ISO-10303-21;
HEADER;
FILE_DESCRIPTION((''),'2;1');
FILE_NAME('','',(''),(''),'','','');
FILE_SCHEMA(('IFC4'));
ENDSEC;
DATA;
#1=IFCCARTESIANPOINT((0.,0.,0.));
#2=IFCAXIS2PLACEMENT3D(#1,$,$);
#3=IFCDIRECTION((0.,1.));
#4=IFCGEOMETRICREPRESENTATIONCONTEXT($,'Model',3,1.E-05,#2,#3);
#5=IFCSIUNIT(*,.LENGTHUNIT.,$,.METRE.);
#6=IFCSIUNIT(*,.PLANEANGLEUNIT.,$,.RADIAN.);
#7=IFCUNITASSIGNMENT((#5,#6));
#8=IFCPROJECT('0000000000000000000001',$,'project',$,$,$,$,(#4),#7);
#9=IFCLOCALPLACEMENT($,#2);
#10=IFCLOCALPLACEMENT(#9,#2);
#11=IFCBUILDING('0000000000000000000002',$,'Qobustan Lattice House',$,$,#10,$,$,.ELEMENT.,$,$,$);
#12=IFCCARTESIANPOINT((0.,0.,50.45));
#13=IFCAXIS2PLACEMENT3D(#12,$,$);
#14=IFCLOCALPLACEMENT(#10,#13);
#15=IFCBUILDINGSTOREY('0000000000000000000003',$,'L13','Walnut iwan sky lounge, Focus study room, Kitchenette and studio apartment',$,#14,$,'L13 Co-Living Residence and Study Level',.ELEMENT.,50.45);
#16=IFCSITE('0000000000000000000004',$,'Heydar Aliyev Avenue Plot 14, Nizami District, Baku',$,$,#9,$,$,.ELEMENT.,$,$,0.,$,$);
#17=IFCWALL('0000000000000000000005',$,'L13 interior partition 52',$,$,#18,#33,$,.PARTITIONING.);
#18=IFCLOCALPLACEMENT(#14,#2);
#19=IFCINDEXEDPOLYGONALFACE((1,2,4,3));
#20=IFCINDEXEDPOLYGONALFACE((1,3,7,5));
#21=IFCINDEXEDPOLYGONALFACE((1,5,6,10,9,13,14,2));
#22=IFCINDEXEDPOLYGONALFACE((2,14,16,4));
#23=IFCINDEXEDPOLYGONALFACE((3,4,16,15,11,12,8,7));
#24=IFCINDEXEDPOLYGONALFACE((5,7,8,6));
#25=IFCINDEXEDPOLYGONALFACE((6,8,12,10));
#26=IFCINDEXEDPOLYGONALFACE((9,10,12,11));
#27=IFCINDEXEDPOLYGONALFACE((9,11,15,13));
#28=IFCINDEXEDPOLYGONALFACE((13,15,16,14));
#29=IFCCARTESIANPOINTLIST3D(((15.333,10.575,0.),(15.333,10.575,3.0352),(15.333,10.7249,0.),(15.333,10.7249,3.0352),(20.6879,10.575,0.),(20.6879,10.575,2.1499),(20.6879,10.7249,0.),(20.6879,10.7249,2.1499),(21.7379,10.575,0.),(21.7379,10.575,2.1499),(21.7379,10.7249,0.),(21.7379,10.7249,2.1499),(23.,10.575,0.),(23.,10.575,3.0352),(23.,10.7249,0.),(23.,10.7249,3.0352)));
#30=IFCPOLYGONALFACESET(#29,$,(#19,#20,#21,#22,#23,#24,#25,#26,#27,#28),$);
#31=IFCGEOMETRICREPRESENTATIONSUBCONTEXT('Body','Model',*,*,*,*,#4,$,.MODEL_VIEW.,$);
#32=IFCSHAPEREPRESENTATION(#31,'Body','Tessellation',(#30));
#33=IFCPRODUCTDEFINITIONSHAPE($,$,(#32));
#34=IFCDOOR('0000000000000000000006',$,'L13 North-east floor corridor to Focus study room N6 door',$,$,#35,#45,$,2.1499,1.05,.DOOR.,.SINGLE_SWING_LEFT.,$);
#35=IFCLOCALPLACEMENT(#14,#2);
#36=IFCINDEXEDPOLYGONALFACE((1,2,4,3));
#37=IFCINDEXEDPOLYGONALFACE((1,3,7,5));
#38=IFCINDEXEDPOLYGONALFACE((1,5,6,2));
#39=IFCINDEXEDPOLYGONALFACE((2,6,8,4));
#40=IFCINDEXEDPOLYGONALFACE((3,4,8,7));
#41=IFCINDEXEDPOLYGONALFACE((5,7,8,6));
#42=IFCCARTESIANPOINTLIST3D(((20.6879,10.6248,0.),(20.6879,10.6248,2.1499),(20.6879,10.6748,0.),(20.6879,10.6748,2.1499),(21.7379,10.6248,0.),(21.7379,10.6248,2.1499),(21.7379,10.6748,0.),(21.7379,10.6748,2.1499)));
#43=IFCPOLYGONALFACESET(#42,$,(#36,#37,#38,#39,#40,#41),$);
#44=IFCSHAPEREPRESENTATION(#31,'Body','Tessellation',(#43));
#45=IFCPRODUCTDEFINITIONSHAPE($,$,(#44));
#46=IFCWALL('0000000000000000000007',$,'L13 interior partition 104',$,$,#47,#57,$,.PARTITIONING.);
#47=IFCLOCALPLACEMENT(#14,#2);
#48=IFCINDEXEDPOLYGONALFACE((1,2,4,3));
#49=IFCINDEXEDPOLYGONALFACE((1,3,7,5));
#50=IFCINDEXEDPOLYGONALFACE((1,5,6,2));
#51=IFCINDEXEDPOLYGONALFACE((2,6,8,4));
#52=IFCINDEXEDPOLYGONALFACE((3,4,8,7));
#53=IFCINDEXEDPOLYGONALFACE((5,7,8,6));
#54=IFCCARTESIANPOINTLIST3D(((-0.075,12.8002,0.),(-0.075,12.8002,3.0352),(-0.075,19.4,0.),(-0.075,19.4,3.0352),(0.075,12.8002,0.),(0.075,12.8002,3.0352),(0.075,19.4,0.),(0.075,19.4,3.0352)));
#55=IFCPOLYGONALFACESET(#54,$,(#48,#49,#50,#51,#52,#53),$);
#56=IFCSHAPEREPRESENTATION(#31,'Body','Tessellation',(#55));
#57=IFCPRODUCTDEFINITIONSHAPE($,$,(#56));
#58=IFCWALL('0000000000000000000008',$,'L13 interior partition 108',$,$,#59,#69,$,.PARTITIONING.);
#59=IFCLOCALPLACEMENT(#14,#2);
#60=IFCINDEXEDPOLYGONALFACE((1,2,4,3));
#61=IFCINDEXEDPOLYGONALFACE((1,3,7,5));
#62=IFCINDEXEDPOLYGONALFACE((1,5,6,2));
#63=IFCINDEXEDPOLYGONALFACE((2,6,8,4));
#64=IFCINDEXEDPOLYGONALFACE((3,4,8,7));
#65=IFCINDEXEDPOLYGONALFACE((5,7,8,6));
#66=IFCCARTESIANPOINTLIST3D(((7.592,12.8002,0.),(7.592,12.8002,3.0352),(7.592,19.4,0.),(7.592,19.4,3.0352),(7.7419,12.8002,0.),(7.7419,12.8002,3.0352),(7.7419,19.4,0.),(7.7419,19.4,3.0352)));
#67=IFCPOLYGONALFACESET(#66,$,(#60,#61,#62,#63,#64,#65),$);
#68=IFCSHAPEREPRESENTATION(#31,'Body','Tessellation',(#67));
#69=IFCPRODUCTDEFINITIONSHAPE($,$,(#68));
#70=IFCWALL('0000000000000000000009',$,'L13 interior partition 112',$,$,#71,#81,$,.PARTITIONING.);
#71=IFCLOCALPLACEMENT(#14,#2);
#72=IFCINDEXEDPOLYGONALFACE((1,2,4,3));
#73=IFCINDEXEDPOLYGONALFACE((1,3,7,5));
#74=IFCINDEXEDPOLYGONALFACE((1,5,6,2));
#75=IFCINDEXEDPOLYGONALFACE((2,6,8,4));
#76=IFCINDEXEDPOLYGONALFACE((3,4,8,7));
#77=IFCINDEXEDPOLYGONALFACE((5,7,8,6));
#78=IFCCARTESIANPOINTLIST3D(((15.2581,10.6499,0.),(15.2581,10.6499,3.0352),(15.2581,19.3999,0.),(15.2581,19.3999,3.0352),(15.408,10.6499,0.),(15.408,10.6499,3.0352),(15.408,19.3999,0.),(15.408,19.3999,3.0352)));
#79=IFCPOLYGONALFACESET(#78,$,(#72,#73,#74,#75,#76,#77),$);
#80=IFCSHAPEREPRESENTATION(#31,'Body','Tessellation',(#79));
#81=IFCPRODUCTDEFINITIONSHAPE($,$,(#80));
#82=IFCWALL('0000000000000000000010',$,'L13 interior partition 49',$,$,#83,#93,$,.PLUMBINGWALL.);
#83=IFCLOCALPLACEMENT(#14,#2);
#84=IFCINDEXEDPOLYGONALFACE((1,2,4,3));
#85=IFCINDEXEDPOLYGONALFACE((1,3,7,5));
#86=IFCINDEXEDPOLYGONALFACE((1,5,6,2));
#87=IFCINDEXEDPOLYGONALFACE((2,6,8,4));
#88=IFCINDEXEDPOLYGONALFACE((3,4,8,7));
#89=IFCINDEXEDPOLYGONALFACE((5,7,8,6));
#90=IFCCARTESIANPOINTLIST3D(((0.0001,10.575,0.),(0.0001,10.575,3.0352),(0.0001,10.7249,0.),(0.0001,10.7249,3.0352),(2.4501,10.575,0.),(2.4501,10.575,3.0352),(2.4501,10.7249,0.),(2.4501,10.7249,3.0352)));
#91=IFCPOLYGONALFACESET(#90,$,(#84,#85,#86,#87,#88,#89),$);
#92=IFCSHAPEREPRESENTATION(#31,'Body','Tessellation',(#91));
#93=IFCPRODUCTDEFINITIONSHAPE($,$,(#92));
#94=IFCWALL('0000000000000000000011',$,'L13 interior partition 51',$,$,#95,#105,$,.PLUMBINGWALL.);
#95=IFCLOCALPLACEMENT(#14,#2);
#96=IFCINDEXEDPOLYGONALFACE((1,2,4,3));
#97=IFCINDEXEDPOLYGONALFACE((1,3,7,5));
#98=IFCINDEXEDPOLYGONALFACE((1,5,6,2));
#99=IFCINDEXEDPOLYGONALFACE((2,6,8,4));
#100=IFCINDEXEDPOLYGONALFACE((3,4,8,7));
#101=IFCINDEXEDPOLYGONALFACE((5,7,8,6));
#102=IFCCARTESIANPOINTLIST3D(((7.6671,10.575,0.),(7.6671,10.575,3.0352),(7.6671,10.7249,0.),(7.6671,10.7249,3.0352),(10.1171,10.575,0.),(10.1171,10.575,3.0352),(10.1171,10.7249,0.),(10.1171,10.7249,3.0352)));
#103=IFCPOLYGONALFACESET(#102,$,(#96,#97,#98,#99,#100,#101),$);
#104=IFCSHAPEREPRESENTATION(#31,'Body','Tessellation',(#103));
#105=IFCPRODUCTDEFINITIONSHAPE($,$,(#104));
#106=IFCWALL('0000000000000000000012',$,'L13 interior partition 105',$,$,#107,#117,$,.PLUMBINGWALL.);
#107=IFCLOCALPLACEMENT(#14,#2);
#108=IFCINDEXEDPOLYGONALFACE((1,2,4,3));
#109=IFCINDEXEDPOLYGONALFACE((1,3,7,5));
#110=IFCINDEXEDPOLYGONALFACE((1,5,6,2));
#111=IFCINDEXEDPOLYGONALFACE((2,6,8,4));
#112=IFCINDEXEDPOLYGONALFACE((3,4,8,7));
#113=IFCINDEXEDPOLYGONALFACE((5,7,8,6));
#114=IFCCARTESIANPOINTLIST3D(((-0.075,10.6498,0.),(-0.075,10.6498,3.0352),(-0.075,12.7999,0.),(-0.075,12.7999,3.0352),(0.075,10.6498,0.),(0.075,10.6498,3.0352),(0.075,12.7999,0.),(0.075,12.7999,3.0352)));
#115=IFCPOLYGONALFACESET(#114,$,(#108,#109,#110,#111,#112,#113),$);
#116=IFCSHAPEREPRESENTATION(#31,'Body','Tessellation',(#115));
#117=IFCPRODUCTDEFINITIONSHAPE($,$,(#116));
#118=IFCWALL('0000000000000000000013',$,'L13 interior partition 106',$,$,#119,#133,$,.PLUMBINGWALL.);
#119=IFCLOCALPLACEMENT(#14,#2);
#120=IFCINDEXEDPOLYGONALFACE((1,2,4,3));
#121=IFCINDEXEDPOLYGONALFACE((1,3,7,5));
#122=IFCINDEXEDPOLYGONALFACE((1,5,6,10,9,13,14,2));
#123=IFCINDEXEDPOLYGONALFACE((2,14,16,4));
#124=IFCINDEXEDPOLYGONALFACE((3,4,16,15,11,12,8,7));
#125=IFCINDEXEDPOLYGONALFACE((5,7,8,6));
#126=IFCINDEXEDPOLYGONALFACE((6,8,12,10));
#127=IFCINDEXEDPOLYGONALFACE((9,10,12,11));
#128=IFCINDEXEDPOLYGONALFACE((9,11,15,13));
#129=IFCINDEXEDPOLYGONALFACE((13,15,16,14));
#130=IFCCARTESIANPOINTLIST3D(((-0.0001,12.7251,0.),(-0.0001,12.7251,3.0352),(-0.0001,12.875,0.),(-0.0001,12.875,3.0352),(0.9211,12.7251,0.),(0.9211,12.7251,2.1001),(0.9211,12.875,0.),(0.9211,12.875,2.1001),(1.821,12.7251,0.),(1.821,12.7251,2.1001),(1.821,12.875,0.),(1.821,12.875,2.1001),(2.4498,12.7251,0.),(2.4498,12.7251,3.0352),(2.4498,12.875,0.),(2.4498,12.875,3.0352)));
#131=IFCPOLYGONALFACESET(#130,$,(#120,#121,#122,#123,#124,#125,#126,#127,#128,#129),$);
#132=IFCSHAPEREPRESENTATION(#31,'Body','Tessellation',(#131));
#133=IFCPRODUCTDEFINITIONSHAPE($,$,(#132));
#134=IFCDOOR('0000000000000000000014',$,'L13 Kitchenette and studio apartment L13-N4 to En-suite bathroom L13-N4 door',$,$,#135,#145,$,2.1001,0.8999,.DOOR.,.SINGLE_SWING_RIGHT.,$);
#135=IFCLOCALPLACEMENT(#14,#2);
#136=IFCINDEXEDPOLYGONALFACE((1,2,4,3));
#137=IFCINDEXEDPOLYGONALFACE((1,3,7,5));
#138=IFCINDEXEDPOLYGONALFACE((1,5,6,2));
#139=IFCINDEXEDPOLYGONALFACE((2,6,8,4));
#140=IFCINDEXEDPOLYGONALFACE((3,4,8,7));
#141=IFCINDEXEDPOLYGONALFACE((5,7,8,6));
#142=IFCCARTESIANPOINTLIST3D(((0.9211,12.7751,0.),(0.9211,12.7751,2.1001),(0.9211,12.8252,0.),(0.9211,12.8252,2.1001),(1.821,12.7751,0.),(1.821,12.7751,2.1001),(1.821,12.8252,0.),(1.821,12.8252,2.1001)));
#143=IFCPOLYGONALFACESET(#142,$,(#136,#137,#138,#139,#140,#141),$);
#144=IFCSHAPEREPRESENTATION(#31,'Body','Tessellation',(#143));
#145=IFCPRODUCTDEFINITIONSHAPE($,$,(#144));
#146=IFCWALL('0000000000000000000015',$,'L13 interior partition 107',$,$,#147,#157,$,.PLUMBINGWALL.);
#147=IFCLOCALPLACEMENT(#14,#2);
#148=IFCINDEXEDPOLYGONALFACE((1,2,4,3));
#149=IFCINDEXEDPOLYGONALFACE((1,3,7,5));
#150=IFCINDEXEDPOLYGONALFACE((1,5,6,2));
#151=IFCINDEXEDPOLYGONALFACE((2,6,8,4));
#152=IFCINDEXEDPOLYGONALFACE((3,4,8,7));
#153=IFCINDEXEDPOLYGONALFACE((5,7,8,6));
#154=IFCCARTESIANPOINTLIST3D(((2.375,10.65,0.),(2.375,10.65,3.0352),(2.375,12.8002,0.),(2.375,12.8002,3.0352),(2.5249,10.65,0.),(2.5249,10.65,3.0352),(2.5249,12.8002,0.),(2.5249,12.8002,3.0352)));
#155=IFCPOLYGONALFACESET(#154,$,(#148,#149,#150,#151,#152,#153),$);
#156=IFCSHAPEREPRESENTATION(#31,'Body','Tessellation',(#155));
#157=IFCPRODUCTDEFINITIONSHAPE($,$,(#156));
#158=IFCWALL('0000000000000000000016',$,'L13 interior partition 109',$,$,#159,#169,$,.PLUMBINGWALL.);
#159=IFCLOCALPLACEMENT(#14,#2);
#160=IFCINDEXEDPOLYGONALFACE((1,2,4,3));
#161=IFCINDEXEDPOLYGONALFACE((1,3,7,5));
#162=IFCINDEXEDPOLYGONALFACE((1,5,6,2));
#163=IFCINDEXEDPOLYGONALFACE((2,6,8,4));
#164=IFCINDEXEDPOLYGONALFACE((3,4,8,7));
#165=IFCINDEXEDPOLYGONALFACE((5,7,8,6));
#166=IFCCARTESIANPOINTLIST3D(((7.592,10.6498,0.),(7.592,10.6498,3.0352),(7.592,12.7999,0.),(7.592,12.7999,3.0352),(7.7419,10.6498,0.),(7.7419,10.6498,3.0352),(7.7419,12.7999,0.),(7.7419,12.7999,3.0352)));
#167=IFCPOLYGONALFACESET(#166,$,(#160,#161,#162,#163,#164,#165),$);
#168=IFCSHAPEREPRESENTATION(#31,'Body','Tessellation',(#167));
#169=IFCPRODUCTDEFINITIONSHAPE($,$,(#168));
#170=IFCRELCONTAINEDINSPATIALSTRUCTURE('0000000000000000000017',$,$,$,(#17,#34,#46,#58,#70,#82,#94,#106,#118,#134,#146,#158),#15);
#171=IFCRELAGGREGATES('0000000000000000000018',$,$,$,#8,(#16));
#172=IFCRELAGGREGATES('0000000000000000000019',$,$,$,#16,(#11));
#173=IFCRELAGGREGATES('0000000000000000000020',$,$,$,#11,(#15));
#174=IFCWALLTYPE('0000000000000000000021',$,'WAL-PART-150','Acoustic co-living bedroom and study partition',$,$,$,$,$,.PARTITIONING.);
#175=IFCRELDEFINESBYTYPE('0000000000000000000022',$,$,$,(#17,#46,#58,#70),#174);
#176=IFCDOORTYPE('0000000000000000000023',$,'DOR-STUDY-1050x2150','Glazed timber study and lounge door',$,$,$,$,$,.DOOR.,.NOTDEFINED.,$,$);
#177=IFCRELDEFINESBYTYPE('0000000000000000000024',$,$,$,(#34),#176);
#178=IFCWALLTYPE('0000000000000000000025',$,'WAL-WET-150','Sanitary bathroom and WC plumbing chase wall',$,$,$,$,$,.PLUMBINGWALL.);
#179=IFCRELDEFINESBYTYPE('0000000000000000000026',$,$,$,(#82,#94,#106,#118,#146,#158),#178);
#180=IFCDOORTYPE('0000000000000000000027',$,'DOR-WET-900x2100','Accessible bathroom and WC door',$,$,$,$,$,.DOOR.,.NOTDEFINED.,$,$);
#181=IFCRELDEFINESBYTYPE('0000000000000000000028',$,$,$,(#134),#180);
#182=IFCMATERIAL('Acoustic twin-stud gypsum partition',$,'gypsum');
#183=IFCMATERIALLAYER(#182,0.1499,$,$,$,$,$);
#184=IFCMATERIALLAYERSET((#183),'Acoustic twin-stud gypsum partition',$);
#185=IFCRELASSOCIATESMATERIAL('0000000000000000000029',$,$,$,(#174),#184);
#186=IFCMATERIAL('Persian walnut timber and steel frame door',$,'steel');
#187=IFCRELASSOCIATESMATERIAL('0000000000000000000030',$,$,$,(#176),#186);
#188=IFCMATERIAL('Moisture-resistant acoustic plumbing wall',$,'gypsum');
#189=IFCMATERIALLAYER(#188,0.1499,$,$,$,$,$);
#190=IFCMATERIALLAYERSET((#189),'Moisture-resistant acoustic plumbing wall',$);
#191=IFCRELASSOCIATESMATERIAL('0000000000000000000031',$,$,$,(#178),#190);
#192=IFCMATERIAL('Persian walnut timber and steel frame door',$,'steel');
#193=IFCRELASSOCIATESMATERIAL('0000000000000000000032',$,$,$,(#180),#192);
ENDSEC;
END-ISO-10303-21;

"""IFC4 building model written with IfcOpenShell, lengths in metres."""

from ifc_helpers import new_model, si_unit, direction, frame, frame_2d, origin, place, context, subcontext, project, spatial, rectangle, extrude, material, layer, layer_set, type_object, element, fill, save


model = new_model("IFC4")

# Units and contexts
model_context = context("Model", 3, precision=1e-05, world=origin(), true_north=direction((0.0, 1.0)))
body_context = subcontext(model_context, "Body", "Model", "MODEL_VIEW")
ifc_project = project(units=[si_unit("LENGTHUNIT", "METRE"), si_unit("PLANEANGLEUNIT", "RADIAN")], contexts=[model_context])

# Site, building, storey
site_placement = place(None, origin())
site = spatial("IfcSite", under=ifc_project, at=site_placement, Name="Heydar Aliyev Avenue Plot 14, Nizami District, Baku", CompositionType="ELEMENT", RefElevation=0.0)
building_placement = place(site_placement, origin())
building = spatial("IfcBuilding", under=site, at=building_placement, Name="Qobustan Lattice House", CompositionType="ELEMENT")
storey_placement = place(building_placement, frame((0.0, 0.0, 50.45)))
storey = spatial("IfcBuildingStorey", under=building, at=storey_placement, Name="L13", Description="Walnut iwan sky lounge, Focus study room, Kitchenette and studio apartment", LongName="L13 Co-Living Residence and Study Level", CompositionType="ELEMENT", Elevation=50.45)

# Wall, opening, door
ifc_material_1 = material(Name="Acoustic twin-stud gypsum partition", Category="gypsum")
ifc_layer_1 = layer(ifc_material_1, 0.1499)
ifc_layer_set_1 = layer_set([ifc_layer_1], Name="Acoustic twin-stud gypsum partition")
wall_type_1 = type_object("IfcWallType", Name="WAL-PART-150", Description="Acoustic co-living bedroom and study partition", PredefinedType="PARTITIONING", material=ifc_layer_set_1)
wall_1_placement = place(storey_placement, frame((15.333, 10.6499, 0.0), z_axis=(0.0, 0.0, 1.0), x_axis=(1.0, 0.0, 0.0)))
wall_1 = element("IfcWall", 1, at=wall_1_placement, inside=storey, type_object=wall_type_1, Name="L13 interior partition 52", PredefinedType="PARTITIONING", context=body_context, shape_type="SweptSolid", body=[
    extrude(rectangle(XDim=7.667, YDim=0.1499, at=frame_2d((3.8335, 0.0))), origin(), (0.0, 0.0, 1.0), 3.0352),
])
opening_1_placement = place(wall_1_placement, frame((5.355, 0.0, 0.0)))
opening_1 = element("IfcOpeningElement", 2, at=opening_1_placement, cuts=wall_1, PredefinedType="OPENING", context=body_context, shape_type="SweptSolid", body=[
    extrude(rectangle(XDim=1.05, YDim=2.1499, at=frame_2d((0.5249, 1.075))), frame((0.0, 0.085, 0.0), z_axis=(0.0, -1.0, 0.0), x_axis=(1.0, 0.0, 0.0)), (0.0, 0.0, 1.0), 0.1699),
])
ifc_material_2 = material(Name="Persian walnut timber and steel frame door", Category="steel")
door_type_1 = type_object("IfcDoorType", Name="DOR-STUDY-1050x2150", Description="Glazed timber study and lounge door", OperationType="NOTDEFINED", PredefinedType="DOOR", material=ifc_material_2)
door_1_placement = place(opening_1_placement, origin())
door_1 = element("IfcDoor", 3, at=door_1_placement, inside=storey, type_object=door_type_1, Name="L13 North-east floor corridor to Focus study room N6 door", OperationType="SINGLE_SWING_LEFT", OverallHeight=2.1499, OverallWidth=1.05, PredefinedType="DOOR", context=body_context, shape_type="SweptSolid", body=[
    extrude(rectangle(XDim=1.05, YDim=2.1499, at=frame_2d((0.5249, 1.075))), frame((0.0, 0.0249, 0.0), z_axis=(0.0, -1.0, 0.0), x_axis=(1.0, 0.0, 0.0)), (0.0, 0.0, 1.0), 0.05),
])
fill(opening_1, door_1)

# Walls
for number, where, z_axis, x_axis, name in (
    (4, (0.0, 19.3999, 0.0), (0.0, 0.0, 1.0), (0.0, -1.0, 0.0), "L13 interior partition 104"),
    (5, (7.667, 19.3999, 0.0), (0.0, 0.0, 1.0), (0.0, -1.0, 0.0), "L13 interior partition 108"),
):
    element("IfcWall", number, at=place(storey_placement, frame(where, z_axis=z_axis, x_axis=x_axis)), inside=storey, type_object=wall_type_1, Name=name, PredefinedType="PARTITIONING", context=body_context, shape_type="SweptSolid", body=[
        extrude(rectangle(XDim=6.5999, YDim=0.1499, at=frame_2d((3.2998, 0.0))), origin(), (0.0, 0.0, 1.0), 3.0352),
    ])
wall_2_placement = place(storey_placement, frame((15.333, 19.3999, 0.0), z_axis=(0.0, 0.0, 1.0), x_axis=(0.0, -1.0, 0.0)))
element("IfcWall", 6, at=wall_2_placement, inside=storey, type_object=wall_type_1, Name="L13 interior partition 112", PredefinedType="PARTITIONING", context=body_context, shape_type="SweptSolid", body=[
    extrude(rectangle(XDim=8.75, YDim=0.1499, at=frame_2d((4.375, 0.0))), origin(), (0.0, 0.0, 1.0), 3.0352),
])
ifc_material_3 = material(Name="Moisture-resistant acoustic plumbing wall", Category="gypsum")
ifc_layer_2 = layer(ifc_material_3, 0.1499)
ifc_layer_set_2 = layer_set([ifc_layer_2], Name="Moisture-resistant acoustic plumbing wall")
wall_type_2 = type_object("IfcWallType", Name="WAL-WET-150", Description="Sanitary bathroom and WC plumbing chase wall", PredefinedType="PLUMBINGWALL", material=ifc_layer_set_2)
for number, where, z_axis, x_axis, name in (
    (7, (0.0, 10.6499, 0.0), (0.0, 0.0, 1.0), (1.0, 0.0, 0.0), "L13 interior partition 49"),
    (8, (7.667, 10.6499, 0.0), (0.0, 0.0, 1.0), (1.0, 0.0, 0.0), "L13 interior partition 51"),
):
    element("IfcWall", number, at=place(storey_placement, frame(where, z_axis=z_axis, x_axis=x_axis)), inside=storey, type_object=wall_type_2, Name=name, PredefinedType="PLUMBINGWALL", context=body_context, shape_type="SweptSolid", body=[
        extrude(rectangle(XDim=2.45, YDim=0.1499, at=frame_2d((1.2251, 0.0))), origin(), (0.0, 0.0, 1.0), 3.0352),
    ])
wall_3_placement = place(storey_placement, frame((0.0, 12.8, 0.0), z_axis=(0.0, 0.0, 1.0), x_axis=(0.0, -1.0, 0.0)))
element("IfcWall", 9, at=wall_3_placement, inside=storey, type_object=wall_type_2, Name="L13 interior partition 105", PredefinedType="PLUMBINGWALL", context=body_context, shape_type="SweptSolid", body=[
    extrude(rectangle(XDim=2.1501, YDim=0.1499, at=frame_2d((1.0752, 0.0))), origin(), (0.0, 0.0, 1.0), 3.0352),
])

# Wall, opening, door
wall_4_placement = place(storey_placement, frame((2.45, 12.8, 0.0), z_axis=(0.0, 0.0, 1.0), x_axis=(-1.0, 0.0, 0.0)))
wall_4 = element("IfcWall", 10, at=wall_4_placement, inside=storey, type_object=wall_type_2, Name="L13 interior partition 106", PredefinedType="PLUMBINGWALL", context=body_context, shape_type="SweptSolid", body=[
    extrude(rectangle(XDim=2.45, YDim=0.1499, at=frame_2d((1.2251, 0.0))), origin(), (0.0, 0.0, 1.0), 3.0352),
])
opening_2_placement = place(wall_4_placement, frame((0.6289, 0.0, 0.0)))
opening_2 = element("IfcOpeningElement", 11, at=opening_2_placement, cuts=wall_4, PredefinedType="OPENING", context=body_context, shape_type="SweptSolid", body=[
    extrude(rectangle(XDim=0.8999, YDim=2.1001, at=frame_2d((0.45, 1.05))), frame((0.0, 0.085, 0.0), z_axis=(0.0, -1.0, 0.0), x_axis=(1.0, 0.0, 0.0)), (0.0, 0.0, 1.0), 0.1699),
])
ifc_material_4 = material(Name="Persian walnut timber and steel frame door", Category="steel")
door_type_2 = type_object("IfcDoorType", Name="DOR-WET-900x2100", Description="Accessible bathroom and WC door", OperationType="NOTDEFINED", PredefinedType="DOOR", material=ifc_material_4)
door_2_placement = place(opening_2_placement, origin())
door_2 = element("IfcDoor", 12, at=door_2_placement, inside=storey, type_object=door_type_2, Name="L13 Kitchenette and studio apartment L13-N4 to En-suite bathroom L13-N4 door", OperationType="SINGLE_SWING_RIGHT", OverallHeight=2.1001, OverallWidth=0.8999, PredefinedType="DOOR", context=body_context, shape_type="SweptSolid", body=[
    extrude(rectangle(XDim=0.8999, YDim=2.1001, at=frame_2d((0.45, 1.05))), frame((0.0, 0.0249, 0.0), z_axis=(0.0, -1.0, 0.0), x_axis=(1.0, 0.0, 0.0)), (0.0, 0.0, 1.0), 0.05),
])
fill(opening_2, door_2)

# Walls
for number, where, z_axis, x_axis, name in (
    (13, (2.45, 10.6499, 0.0), (0.0, 0.0, 1.0), (0.0, 1.0, 0.0), "L13 interior partition 107"),
    (14, (7.667, 12.8, 0.0), (0.0, 0.0, 1.0), (0.0, -1.0, 0.0), "L13 interior partition 109"),
):
    element("IfcWall", number, at=place(storey_placement, frame(where, z_axis=z_axis, x_axis=x_axis)), inside=storey, type_object=wall_type_2, Name=name, PredefinedType="PLUMBINGWALL", context=body_context, shape_type="SweptSolid", body=[
        extrude(rectangle(XDim=2.1501, YDim=0.1499, at=frame_2d((1.0752, 0.0))), origin(), (0.0, 0.0, 1.0), 3.0352),
    ])

save(model, "model.ifc")
